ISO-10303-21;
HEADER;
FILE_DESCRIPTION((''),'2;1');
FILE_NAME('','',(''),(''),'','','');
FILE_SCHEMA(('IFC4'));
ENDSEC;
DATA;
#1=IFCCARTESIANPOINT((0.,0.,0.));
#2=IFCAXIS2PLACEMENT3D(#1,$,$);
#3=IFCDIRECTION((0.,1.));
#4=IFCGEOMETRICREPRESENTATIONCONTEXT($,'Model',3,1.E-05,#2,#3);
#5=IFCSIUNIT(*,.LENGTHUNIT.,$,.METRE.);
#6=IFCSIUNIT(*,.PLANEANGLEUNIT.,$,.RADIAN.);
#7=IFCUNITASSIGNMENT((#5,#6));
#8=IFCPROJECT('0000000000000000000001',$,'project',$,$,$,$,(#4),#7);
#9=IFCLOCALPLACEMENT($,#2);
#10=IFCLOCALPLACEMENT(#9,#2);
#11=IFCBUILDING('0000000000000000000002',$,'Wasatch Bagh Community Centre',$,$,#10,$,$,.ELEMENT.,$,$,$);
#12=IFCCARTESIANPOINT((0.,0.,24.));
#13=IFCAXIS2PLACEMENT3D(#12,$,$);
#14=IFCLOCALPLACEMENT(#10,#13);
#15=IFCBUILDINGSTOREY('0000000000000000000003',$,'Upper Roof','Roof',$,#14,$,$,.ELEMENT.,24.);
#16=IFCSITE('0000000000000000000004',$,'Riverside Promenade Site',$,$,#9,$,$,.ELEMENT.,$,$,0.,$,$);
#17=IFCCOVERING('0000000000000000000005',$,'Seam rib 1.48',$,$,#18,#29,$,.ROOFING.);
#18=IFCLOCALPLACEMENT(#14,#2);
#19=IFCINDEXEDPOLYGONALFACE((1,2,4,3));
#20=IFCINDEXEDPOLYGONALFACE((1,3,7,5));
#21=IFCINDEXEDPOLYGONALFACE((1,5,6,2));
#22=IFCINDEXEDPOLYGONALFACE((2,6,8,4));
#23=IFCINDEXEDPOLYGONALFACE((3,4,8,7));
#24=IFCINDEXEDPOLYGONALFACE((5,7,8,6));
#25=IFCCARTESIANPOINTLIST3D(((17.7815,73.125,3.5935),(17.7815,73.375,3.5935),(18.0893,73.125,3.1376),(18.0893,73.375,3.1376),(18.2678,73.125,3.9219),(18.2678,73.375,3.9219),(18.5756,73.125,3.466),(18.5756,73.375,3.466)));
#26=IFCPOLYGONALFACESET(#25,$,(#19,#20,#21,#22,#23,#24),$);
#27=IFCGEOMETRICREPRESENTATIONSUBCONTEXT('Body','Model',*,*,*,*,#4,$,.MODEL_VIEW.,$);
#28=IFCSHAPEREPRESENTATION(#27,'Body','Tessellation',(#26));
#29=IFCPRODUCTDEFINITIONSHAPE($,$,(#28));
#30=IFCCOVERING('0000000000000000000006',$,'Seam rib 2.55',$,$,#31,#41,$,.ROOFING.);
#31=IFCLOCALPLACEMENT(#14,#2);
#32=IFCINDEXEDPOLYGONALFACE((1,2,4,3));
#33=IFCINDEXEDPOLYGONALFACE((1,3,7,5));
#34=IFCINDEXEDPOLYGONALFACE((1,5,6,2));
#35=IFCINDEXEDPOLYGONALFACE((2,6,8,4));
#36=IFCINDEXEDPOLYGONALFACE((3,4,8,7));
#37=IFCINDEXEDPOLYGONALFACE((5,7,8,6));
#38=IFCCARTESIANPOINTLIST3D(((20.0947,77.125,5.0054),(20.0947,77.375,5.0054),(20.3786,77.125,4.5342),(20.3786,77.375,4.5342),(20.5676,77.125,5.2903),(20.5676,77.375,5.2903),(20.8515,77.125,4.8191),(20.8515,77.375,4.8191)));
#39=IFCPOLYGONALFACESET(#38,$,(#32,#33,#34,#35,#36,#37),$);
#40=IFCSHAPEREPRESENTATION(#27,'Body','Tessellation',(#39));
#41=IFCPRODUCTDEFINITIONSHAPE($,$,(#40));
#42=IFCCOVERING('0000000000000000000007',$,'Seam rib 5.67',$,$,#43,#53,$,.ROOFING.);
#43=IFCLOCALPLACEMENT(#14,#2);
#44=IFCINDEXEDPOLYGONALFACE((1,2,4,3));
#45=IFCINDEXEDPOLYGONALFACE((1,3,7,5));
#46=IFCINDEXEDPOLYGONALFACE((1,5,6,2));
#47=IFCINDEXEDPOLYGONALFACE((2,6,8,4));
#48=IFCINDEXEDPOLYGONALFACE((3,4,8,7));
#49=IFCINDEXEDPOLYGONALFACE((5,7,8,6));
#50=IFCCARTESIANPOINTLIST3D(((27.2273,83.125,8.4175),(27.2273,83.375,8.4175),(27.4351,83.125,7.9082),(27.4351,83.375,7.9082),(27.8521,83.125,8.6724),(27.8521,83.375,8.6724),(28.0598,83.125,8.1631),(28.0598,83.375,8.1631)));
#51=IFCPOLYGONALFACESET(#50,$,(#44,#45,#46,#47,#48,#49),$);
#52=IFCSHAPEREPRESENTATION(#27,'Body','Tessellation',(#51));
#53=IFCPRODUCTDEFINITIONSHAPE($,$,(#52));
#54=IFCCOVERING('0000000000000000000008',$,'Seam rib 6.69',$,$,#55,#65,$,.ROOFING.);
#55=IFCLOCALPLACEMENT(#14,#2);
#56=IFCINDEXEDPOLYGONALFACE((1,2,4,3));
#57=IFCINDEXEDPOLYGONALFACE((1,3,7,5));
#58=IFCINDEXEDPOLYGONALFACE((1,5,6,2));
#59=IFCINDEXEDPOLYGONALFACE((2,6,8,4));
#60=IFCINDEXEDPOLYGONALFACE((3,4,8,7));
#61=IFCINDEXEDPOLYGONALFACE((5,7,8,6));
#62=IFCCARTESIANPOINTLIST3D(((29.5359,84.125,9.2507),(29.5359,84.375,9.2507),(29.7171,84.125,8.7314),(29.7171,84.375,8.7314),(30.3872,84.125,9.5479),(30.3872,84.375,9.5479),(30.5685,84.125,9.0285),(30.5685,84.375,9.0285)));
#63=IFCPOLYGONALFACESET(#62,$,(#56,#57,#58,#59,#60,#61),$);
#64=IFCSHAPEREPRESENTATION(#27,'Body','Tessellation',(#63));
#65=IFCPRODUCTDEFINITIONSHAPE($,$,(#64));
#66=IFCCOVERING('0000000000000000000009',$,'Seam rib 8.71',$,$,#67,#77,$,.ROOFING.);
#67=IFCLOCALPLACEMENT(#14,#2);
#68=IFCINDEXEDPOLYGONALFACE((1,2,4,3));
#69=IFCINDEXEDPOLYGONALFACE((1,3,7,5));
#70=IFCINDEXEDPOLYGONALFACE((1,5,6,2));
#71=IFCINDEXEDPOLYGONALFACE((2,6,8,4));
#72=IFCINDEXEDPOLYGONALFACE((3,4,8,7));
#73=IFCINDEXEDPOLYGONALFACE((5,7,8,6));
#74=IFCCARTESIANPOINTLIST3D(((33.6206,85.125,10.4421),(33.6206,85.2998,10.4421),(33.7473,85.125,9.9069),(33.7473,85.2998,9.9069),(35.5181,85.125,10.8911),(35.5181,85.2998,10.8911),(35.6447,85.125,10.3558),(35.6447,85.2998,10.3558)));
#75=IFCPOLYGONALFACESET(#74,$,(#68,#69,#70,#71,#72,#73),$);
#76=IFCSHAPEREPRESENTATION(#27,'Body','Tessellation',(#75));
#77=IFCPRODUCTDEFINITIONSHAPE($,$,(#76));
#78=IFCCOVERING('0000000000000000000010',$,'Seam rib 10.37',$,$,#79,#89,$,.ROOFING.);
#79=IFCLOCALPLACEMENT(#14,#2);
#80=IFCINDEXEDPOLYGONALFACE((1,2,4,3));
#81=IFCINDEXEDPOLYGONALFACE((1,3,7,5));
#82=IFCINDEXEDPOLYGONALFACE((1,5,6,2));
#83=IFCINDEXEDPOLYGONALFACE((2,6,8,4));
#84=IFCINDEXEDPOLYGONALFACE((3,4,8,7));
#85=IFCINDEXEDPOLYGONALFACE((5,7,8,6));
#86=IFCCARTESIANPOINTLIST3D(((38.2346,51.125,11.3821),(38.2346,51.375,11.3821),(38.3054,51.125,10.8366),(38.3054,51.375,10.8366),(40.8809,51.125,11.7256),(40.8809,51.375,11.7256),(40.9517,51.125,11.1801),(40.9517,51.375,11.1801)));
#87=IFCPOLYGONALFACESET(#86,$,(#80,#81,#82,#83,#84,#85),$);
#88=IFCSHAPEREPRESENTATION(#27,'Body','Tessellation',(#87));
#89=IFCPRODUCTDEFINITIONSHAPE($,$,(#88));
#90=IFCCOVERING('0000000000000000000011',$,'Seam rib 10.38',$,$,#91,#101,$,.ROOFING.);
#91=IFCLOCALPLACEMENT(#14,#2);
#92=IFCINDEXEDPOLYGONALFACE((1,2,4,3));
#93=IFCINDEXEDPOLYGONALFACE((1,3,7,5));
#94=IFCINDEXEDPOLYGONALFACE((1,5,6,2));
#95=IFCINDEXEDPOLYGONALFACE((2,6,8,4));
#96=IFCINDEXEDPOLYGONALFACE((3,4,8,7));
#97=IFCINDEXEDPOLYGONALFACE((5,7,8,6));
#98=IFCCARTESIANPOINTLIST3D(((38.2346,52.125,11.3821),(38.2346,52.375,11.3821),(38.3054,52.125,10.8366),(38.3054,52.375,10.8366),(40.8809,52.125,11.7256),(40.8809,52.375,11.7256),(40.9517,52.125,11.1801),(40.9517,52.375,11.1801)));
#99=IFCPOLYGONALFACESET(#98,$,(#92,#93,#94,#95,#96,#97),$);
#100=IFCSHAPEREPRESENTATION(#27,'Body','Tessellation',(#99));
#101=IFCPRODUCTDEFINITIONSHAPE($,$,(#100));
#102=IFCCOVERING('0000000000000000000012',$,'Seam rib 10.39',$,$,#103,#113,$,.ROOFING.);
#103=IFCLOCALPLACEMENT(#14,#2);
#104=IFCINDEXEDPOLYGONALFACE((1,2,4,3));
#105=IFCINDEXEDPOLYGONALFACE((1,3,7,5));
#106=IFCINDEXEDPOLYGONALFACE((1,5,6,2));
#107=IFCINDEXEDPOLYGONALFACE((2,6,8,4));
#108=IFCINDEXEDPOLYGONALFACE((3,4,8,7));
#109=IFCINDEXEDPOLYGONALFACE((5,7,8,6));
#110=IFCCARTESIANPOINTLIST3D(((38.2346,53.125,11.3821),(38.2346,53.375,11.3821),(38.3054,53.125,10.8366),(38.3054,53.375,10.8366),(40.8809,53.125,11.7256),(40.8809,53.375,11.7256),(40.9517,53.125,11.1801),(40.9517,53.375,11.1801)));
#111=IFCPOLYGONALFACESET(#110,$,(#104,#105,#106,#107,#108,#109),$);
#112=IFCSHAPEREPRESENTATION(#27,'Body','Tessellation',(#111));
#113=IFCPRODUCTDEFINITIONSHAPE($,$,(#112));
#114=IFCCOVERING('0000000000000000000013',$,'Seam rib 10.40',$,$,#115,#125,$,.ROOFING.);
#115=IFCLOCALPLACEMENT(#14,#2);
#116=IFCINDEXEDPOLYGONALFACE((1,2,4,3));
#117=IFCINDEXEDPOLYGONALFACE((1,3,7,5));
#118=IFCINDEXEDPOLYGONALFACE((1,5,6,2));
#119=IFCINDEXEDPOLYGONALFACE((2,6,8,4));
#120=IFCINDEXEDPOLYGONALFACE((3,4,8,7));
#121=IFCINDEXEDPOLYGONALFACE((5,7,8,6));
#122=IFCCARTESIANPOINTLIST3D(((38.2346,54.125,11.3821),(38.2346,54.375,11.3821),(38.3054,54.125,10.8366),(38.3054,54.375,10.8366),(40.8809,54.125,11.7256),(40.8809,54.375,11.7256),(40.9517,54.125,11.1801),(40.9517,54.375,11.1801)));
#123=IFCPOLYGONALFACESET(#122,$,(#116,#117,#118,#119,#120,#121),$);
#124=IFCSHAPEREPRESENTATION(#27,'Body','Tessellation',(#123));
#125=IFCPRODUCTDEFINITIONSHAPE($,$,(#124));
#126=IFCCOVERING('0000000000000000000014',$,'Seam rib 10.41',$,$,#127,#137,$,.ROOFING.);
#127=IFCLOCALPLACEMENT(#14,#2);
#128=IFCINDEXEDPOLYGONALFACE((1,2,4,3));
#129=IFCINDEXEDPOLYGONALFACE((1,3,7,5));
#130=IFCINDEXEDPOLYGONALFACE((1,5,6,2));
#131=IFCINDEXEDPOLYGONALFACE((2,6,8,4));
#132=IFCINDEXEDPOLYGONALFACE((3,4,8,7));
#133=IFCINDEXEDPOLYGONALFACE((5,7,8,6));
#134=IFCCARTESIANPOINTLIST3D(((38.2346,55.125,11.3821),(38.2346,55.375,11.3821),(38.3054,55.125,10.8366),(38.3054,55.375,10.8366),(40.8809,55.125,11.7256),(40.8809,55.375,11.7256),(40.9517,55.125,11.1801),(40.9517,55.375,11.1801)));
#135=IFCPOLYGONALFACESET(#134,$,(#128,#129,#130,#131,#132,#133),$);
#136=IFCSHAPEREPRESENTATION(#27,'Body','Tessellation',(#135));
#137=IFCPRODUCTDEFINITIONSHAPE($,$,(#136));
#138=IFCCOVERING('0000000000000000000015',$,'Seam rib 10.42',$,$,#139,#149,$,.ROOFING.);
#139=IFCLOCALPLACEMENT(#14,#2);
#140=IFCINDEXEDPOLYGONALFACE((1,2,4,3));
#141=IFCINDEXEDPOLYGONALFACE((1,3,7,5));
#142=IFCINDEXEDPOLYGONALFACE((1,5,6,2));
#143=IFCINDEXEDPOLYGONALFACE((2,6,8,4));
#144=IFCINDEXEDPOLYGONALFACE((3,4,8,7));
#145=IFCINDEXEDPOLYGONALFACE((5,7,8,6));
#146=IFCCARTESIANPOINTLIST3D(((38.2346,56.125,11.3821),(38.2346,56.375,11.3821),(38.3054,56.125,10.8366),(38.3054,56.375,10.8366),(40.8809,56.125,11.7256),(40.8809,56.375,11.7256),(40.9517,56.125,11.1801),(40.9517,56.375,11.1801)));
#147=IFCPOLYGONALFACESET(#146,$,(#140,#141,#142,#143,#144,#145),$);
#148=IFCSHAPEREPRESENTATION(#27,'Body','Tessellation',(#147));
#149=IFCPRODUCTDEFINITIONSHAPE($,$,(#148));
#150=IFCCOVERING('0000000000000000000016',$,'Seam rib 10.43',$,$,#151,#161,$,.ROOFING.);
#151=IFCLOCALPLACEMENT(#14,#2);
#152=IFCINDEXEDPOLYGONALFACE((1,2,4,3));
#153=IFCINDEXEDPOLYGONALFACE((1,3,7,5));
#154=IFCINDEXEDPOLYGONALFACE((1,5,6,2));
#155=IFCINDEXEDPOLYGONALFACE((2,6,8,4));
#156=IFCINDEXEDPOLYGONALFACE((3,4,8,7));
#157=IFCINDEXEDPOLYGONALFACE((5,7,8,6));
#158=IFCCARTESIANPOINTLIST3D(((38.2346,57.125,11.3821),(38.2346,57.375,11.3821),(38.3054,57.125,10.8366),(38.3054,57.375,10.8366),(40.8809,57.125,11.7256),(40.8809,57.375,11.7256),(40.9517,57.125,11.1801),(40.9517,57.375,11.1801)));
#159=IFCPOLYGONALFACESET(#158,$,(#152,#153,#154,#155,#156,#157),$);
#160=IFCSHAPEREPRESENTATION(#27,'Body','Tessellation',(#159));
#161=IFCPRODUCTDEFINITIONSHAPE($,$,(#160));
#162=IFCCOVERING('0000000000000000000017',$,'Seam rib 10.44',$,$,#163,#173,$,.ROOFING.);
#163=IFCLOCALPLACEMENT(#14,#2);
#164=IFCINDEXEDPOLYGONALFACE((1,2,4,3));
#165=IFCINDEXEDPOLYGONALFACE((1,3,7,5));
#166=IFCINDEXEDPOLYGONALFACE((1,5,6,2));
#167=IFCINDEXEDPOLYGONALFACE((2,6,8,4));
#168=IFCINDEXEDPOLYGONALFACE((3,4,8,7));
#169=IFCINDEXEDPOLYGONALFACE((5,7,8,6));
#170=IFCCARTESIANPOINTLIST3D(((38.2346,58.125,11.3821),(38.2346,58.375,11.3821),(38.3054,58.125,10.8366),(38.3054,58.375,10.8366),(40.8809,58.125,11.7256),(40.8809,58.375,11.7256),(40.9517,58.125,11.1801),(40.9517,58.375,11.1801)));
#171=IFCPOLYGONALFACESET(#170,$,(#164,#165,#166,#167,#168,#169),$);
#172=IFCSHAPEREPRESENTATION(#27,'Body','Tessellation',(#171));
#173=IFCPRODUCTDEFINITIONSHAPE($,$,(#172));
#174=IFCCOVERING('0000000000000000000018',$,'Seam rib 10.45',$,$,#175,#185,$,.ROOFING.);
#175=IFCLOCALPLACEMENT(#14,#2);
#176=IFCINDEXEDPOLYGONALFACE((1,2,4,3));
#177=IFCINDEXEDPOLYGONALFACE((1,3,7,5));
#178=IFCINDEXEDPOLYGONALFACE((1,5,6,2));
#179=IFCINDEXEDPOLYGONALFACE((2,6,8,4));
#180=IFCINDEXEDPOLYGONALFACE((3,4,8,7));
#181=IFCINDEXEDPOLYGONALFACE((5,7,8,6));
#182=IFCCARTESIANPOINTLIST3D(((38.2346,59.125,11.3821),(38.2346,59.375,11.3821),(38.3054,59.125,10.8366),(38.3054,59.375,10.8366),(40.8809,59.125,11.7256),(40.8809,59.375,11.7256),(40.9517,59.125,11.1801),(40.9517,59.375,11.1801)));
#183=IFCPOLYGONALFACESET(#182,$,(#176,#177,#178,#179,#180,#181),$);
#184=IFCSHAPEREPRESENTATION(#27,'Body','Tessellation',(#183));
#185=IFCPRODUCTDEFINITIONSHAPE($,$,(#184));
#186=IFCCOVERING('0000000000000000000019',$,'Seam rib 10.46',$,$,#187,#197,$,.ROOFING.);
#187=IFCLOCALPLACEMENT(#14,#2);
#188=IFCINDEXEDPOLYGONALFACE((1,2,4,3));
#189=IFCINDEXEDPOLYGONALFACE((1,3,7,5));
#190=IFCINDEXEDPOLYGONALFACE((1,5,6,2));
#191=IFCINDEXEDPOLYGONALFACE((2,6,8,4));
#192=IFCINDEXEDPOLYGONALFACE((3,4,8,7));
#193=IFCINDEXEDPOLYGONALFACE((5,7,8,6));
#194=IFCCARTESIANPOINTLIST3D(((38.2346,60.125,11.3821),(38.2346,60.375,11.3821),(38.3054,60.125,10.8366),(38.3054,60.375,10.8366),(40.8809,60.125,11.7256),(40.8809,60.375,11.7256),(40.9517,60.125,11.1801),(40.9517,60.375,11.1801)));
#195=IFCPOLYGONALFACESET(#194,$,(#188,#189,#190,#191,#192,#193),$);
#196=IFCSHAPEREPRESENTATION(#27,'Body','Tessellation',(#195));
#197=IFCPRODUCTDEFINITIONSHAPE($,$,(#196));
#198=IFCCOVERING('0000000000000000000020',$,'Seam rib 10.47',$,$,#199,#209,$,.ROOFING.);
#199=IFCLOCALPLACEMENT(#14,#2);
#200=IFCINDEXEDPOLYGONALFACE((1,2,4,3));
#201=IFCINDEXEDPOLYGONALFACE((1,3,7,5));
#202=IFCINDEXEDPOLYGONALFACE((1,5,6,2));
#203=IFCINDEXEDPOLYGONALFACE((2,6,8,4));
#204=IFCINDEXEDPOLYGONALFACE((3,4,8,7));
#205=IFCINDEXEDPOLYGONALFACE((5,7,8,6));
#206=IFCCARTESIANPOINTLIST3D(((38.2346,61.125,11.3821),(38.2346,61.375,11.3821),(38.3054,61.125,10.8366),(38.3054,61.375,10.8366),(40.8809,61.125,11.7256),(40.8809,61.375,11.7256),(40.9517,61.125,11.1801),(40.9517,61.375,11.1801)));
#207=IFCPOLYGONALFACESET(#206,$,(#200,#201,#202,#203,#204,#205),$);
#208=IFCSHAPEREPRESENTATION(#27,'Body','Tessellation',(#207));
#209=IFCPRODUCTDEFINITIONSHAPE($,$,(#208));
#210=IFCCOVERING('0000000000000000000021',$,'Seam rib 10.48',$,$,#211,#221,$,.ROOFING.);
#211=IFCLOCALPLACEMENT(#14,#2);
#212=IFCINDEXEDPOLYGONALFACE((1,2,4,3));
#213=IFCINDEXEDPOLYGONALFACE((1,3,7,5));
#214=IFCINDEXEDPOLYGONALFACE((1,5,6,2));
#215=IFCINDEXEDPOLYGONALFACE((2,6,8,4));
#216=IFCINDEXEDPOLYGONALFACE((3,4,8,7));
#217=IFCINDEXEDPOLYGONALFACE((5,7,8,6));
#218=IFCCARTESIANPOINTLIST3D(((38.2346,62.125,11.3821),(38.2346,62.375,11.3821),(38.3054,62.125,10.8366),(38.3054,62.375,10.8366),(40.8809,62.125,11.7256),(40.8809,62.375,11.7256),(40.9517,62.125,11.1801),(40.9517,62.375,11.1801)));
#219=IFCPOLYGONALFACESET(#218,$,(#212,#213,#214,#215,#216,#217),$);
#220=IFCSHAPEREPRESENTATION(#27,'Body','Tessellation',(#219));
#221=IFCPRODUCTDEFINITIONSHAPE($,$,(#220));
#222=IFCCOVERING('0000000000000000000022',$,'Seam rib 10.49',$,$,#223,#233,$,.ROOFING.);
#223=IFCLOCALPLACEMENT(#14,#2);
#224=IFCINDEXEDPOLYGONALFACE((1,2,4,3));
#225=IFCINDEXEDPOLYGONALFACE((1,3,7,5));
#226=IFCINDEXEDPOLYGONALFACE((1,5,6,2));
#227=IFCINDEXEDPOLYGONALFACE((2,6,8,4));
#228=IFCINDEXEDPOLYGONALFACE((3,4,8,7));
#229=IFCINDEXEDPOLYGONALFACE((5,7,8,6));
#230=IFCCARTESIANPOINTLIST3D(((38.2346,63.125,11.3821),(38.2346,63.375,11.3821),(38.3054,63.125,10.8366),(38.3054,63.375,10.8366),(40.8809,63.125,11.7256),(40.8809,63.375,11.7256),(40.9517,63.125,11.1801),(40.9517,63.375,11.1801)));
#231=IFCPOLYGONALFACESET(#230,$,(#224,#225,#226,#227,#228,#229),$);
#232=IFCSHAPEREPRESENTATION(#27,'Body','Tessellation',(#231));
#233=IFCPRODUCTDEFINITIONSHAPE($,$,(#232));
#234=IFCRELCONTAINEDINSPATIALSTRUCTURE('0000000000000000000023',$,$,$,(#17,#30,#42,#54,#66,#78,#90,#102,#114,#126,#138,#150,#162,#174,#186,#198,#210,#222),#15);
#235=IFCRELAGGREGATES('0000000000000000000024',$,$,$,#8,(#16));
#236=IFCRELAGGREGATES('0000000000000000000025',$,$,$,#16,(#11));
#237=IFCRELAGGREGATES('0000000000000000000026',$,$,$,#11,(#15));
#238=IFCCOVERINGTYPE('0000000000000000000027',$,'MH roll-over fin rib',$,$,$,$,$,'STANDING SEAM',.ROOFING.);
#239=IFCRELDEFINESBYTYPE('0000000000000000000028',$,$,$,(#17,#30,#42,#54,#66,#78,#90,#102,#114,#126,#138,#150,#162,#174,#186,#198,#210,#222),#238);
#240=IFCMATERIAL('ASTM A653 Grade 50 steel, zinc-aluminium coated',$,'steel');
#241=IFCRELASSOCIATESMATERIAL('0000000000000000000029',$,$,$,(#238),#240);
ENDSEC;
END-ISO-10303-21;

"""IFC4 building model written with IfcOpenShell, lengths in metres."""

from ifc_helpers import new_model, si_unit, direction, frame, origin, place, context, subcontext, project, spatial, polyline, outline, extrude, material, type_object, element, save


model = new_model("IFC4")

# Units and contexts
model_context = context("Model", 3, precision=1e-05, world=origin(), true_north=direction((0.0, 1.0)))
body_context = subcontext(model_context, "Body", "Model", "MODEL_VIEW")
ifc_project = project(units=[si_unit("LENGTHUNIT", "METRE"), si_unit("PLANEANGLEUNIT", "RADIAN")], contexts=[model_context])

# Site, building, storey
site_placement = place(None, origin())
site = spatial("IfcSite", under=ifc_project, at=site_placement, Name="Riverside Promenade Site", CompositionType="ELEMENT", RefElevation=0.0)
building_placement = place(site_placement, origin())
building = spatial("IfcBuilding", under=site, at=building_placement, Name="Wasatch Bagh Community Centre", CompositionType="ELEMENT")
storey_placement = place(building_placement, frame((0.0, 0.0, 24.0)))
storey = spatial("IfcBuildingStorey", under=building, at=storey_placement, Name="Upper Roof", Description="Roof", CompositionType="ELEMENT", Elevation=24.0)

# Coverings
ifc_material_1 = material(Name="ASTM A653 Grade 50 steel, zinc-aluminium coated", Category="steel")
covering_type = type_object("IfcCoveringType", Name="MH roll-over fin rib", ElementType="STANDING SEAM", PredefinedType="ROOFING", material=ifc_material_1)
covering_1_placement = place(storey_placement, frame((17.7815, 73.125, 3.5935), z_axis=(-0.559587, 0.0, 0.828771), x_axis=(0.828771, 0.0, 0.559587)))
element("IfcCovering", 1, at=covering_1_placement, inside=storey, type_object=covering_type, Name="Seam rib 1.48", PredefinedType="ROOFING", context=body_context, shape_type="SweptSolid", body=[
    extrude(outline(polyline([(0.0, 0.0), (0.5868, 0.0), (0.5868, 0.25), (0.0, 0.25), (0.0, 0.0)])), origin(), (0.0, 0.0, -1.0), 0.55),
])
covering_2_placement = place(storey_placement, frame((20.0947, 77.125, 5.0054), z_axis=(-0.516056, 0.0, 0.856555), x_axis=(0.856555, 0.0, 0.516056)))
element("IfcCovering", 2, at=covering_2_placement, inside=storey, type_object=covering_type, Name="Seam rib 2.55", PredefinedType="ROOFING", context=body_context, shape_type="SweptSolid", body=[
    extrude(outline(polyline([(0.0, 0.0), (0.5521, 0.0), (0.5521, 0.25), (0.0, 0.25), (0.0, 0.0)])), origin(), (0.0, 0.0, -1.0), 0.55),
])
covering_3_placement = place(storey_placement, frame((27.2273, 83.125, 8.4175), z_axis=(-0.377745, 0.0, 0.92591), x_axis=(0.92591, 0.0, 0.377745)))
element("IfcCovering", 3, at=covering_3_placement, inside=storey, type_object=covering_type, Name="Seam rib 5.67", PredefinedType="ROOFING", context=body_context, shape_type="SweptSolid", body=[
    extrude(outline(polyline([(0.0, 0.0), (0.6747, 0.0), (0.6747, 0.25), (0.0, 0.25), (0.0, 0.0)])), origin(), (0.0, 0.0, -1.0), 0.55),
])
covering_4_placement = place(storey_placement, frame((29.5359, 84.125, 9.2507), z_axis=(-0.329518, 0.0, 0.944149), x_axis=(0.944149, 0.0, 0.329518)))
element("IfcCovering", 4, at=covering_4_placement, inside=storey, type_object=covering_type, Name="Seam rib 6.69", PredefinedType="ROOFING", context=body_context, shape_type="SweptSolid", body=[
    extrude(outline(polyline([(0.0, 0.0), (0.9017, 0.0), (0.9017, 0.25), (0.0, 0.25), (0.0, 0.0)])), origin(), (0.0, 0.0, -1.0), 0.55),
])
covering_5_placement = place(storey_placement, frame((33.6206, 85.125, 10.4421), z_axis=(-0.23026, 0.0, 0.973129), x_axis=(0.973129, 0.0, 0.23026)))
element("IfcCovering", 5, at=covering_5_placement, inside=storey, type_object=covering_type, Name="Seam rib 8.71", PredefinedType="ROOFING", context=body_context, shape_type="SweptSolid", body=[
    extrude(outline(polyline([(0.0, 0.0), (1.9499, 0.0), (1.9499, 0.1748), (0.0, 0.1748), (0.0, 0.0)])), origin(), (0.0, 0.0, -1.0), 0.55),
])
for number, where, z_axis, x_axis, name in (
    (6, (38.2346, 51.125, 11.3821), (-0.128729, 0.0, 0.99168), (0.99168, 0.0, 0.128729), "Seam rib 10.37"),
    (7, (38.2346, 52.125, 11.3821), (-0.128729, 0.0, 0.99168), (0.99168, 0.0, 0.128729), "Seam rib 10.38"),
    (8, (38.2346, 53.125, 11.3821), (-0.128729, 0.0, 0.99168), (0.99168, 0.0, 0.128729), "Seam rib 10.39"),
    (9, (38.2346, 54.125, 11.3821), (-0.128729, 0.0, 0.99168), (0.99168, 0.0, 0.128729), "Seam rib 10.40"),
    (10, (38.2346, 55.125, 11.3821), (-0.128729, 0.0, 0.99168), (0.99168, 0.0, 0.128729), "Seam rib 10.41"),
    (11, (38.2346, 56.125, 11.3821), (-0.128729, 0.0, 0.99168), (0.99168, 0.0, 0.128729), "Seam rib 10.42"),
    (12, (38.2346, 57.125, 11.3821), (-0.128729, 0.0, 0.99168), (0.99168, 0.0, 0.128729), "Seam rib 10.43"),
    (13, (38.2346, 58.125, 11.3821), (-0.128729, 0.0, 0.99168), (0.99168, 0.0, 0.128729), "Seam rib 10.44"),
    (14, (38.2346, 59.125, 11.3821), (-0.128729, 0.0, 0.99168), (0.99168, 0.0, 0.128729), "Seam rib 10.45"),
    (15, (38.2346, 60.125, 11.3821), (-0.128729, 0.0, 0.99168), (0.99168, 0.0, 0.128729), "Seam rib 10.46"),
    (16, (38.2346, 61.125, 11.3821), (-0.128729, 0.0, 0.99168), (0.99168, 0.0, 0.128729), "Seam rib 10.47"),
    (17, (38.2346, 62.125, 11.3821), (-0.128729, 0.0, 0.99168), (0.99168, 0.0, 0.128729), "Seam rib 10.48"),
    (18, (38.2346, 63.125, 11.3821), (-0.128729, 0.0, 0.99168), (0.99168, 0.0, 0.128729), "Seam rib 10.49"),
):
    element("IfcCovering", number, at=place(storey_placement, frame(where, z_axis=z_axis, x_axis=x_axis)), inside=storey, type_object=covering_type, Name=name, PredefinedType="ROOFING", context=body_context, shape_type="SweptSolid", body=[
        extrude(outline(polyline([(0.0, 0.0), (2.6684, 0.0), (2.6684, 0.25), (0.0, 0.25), (0.0, 0.0)])), origin(), (0.0, 0.0, -1.0), 0.55),
    ])

save(model, "model.ifc")
